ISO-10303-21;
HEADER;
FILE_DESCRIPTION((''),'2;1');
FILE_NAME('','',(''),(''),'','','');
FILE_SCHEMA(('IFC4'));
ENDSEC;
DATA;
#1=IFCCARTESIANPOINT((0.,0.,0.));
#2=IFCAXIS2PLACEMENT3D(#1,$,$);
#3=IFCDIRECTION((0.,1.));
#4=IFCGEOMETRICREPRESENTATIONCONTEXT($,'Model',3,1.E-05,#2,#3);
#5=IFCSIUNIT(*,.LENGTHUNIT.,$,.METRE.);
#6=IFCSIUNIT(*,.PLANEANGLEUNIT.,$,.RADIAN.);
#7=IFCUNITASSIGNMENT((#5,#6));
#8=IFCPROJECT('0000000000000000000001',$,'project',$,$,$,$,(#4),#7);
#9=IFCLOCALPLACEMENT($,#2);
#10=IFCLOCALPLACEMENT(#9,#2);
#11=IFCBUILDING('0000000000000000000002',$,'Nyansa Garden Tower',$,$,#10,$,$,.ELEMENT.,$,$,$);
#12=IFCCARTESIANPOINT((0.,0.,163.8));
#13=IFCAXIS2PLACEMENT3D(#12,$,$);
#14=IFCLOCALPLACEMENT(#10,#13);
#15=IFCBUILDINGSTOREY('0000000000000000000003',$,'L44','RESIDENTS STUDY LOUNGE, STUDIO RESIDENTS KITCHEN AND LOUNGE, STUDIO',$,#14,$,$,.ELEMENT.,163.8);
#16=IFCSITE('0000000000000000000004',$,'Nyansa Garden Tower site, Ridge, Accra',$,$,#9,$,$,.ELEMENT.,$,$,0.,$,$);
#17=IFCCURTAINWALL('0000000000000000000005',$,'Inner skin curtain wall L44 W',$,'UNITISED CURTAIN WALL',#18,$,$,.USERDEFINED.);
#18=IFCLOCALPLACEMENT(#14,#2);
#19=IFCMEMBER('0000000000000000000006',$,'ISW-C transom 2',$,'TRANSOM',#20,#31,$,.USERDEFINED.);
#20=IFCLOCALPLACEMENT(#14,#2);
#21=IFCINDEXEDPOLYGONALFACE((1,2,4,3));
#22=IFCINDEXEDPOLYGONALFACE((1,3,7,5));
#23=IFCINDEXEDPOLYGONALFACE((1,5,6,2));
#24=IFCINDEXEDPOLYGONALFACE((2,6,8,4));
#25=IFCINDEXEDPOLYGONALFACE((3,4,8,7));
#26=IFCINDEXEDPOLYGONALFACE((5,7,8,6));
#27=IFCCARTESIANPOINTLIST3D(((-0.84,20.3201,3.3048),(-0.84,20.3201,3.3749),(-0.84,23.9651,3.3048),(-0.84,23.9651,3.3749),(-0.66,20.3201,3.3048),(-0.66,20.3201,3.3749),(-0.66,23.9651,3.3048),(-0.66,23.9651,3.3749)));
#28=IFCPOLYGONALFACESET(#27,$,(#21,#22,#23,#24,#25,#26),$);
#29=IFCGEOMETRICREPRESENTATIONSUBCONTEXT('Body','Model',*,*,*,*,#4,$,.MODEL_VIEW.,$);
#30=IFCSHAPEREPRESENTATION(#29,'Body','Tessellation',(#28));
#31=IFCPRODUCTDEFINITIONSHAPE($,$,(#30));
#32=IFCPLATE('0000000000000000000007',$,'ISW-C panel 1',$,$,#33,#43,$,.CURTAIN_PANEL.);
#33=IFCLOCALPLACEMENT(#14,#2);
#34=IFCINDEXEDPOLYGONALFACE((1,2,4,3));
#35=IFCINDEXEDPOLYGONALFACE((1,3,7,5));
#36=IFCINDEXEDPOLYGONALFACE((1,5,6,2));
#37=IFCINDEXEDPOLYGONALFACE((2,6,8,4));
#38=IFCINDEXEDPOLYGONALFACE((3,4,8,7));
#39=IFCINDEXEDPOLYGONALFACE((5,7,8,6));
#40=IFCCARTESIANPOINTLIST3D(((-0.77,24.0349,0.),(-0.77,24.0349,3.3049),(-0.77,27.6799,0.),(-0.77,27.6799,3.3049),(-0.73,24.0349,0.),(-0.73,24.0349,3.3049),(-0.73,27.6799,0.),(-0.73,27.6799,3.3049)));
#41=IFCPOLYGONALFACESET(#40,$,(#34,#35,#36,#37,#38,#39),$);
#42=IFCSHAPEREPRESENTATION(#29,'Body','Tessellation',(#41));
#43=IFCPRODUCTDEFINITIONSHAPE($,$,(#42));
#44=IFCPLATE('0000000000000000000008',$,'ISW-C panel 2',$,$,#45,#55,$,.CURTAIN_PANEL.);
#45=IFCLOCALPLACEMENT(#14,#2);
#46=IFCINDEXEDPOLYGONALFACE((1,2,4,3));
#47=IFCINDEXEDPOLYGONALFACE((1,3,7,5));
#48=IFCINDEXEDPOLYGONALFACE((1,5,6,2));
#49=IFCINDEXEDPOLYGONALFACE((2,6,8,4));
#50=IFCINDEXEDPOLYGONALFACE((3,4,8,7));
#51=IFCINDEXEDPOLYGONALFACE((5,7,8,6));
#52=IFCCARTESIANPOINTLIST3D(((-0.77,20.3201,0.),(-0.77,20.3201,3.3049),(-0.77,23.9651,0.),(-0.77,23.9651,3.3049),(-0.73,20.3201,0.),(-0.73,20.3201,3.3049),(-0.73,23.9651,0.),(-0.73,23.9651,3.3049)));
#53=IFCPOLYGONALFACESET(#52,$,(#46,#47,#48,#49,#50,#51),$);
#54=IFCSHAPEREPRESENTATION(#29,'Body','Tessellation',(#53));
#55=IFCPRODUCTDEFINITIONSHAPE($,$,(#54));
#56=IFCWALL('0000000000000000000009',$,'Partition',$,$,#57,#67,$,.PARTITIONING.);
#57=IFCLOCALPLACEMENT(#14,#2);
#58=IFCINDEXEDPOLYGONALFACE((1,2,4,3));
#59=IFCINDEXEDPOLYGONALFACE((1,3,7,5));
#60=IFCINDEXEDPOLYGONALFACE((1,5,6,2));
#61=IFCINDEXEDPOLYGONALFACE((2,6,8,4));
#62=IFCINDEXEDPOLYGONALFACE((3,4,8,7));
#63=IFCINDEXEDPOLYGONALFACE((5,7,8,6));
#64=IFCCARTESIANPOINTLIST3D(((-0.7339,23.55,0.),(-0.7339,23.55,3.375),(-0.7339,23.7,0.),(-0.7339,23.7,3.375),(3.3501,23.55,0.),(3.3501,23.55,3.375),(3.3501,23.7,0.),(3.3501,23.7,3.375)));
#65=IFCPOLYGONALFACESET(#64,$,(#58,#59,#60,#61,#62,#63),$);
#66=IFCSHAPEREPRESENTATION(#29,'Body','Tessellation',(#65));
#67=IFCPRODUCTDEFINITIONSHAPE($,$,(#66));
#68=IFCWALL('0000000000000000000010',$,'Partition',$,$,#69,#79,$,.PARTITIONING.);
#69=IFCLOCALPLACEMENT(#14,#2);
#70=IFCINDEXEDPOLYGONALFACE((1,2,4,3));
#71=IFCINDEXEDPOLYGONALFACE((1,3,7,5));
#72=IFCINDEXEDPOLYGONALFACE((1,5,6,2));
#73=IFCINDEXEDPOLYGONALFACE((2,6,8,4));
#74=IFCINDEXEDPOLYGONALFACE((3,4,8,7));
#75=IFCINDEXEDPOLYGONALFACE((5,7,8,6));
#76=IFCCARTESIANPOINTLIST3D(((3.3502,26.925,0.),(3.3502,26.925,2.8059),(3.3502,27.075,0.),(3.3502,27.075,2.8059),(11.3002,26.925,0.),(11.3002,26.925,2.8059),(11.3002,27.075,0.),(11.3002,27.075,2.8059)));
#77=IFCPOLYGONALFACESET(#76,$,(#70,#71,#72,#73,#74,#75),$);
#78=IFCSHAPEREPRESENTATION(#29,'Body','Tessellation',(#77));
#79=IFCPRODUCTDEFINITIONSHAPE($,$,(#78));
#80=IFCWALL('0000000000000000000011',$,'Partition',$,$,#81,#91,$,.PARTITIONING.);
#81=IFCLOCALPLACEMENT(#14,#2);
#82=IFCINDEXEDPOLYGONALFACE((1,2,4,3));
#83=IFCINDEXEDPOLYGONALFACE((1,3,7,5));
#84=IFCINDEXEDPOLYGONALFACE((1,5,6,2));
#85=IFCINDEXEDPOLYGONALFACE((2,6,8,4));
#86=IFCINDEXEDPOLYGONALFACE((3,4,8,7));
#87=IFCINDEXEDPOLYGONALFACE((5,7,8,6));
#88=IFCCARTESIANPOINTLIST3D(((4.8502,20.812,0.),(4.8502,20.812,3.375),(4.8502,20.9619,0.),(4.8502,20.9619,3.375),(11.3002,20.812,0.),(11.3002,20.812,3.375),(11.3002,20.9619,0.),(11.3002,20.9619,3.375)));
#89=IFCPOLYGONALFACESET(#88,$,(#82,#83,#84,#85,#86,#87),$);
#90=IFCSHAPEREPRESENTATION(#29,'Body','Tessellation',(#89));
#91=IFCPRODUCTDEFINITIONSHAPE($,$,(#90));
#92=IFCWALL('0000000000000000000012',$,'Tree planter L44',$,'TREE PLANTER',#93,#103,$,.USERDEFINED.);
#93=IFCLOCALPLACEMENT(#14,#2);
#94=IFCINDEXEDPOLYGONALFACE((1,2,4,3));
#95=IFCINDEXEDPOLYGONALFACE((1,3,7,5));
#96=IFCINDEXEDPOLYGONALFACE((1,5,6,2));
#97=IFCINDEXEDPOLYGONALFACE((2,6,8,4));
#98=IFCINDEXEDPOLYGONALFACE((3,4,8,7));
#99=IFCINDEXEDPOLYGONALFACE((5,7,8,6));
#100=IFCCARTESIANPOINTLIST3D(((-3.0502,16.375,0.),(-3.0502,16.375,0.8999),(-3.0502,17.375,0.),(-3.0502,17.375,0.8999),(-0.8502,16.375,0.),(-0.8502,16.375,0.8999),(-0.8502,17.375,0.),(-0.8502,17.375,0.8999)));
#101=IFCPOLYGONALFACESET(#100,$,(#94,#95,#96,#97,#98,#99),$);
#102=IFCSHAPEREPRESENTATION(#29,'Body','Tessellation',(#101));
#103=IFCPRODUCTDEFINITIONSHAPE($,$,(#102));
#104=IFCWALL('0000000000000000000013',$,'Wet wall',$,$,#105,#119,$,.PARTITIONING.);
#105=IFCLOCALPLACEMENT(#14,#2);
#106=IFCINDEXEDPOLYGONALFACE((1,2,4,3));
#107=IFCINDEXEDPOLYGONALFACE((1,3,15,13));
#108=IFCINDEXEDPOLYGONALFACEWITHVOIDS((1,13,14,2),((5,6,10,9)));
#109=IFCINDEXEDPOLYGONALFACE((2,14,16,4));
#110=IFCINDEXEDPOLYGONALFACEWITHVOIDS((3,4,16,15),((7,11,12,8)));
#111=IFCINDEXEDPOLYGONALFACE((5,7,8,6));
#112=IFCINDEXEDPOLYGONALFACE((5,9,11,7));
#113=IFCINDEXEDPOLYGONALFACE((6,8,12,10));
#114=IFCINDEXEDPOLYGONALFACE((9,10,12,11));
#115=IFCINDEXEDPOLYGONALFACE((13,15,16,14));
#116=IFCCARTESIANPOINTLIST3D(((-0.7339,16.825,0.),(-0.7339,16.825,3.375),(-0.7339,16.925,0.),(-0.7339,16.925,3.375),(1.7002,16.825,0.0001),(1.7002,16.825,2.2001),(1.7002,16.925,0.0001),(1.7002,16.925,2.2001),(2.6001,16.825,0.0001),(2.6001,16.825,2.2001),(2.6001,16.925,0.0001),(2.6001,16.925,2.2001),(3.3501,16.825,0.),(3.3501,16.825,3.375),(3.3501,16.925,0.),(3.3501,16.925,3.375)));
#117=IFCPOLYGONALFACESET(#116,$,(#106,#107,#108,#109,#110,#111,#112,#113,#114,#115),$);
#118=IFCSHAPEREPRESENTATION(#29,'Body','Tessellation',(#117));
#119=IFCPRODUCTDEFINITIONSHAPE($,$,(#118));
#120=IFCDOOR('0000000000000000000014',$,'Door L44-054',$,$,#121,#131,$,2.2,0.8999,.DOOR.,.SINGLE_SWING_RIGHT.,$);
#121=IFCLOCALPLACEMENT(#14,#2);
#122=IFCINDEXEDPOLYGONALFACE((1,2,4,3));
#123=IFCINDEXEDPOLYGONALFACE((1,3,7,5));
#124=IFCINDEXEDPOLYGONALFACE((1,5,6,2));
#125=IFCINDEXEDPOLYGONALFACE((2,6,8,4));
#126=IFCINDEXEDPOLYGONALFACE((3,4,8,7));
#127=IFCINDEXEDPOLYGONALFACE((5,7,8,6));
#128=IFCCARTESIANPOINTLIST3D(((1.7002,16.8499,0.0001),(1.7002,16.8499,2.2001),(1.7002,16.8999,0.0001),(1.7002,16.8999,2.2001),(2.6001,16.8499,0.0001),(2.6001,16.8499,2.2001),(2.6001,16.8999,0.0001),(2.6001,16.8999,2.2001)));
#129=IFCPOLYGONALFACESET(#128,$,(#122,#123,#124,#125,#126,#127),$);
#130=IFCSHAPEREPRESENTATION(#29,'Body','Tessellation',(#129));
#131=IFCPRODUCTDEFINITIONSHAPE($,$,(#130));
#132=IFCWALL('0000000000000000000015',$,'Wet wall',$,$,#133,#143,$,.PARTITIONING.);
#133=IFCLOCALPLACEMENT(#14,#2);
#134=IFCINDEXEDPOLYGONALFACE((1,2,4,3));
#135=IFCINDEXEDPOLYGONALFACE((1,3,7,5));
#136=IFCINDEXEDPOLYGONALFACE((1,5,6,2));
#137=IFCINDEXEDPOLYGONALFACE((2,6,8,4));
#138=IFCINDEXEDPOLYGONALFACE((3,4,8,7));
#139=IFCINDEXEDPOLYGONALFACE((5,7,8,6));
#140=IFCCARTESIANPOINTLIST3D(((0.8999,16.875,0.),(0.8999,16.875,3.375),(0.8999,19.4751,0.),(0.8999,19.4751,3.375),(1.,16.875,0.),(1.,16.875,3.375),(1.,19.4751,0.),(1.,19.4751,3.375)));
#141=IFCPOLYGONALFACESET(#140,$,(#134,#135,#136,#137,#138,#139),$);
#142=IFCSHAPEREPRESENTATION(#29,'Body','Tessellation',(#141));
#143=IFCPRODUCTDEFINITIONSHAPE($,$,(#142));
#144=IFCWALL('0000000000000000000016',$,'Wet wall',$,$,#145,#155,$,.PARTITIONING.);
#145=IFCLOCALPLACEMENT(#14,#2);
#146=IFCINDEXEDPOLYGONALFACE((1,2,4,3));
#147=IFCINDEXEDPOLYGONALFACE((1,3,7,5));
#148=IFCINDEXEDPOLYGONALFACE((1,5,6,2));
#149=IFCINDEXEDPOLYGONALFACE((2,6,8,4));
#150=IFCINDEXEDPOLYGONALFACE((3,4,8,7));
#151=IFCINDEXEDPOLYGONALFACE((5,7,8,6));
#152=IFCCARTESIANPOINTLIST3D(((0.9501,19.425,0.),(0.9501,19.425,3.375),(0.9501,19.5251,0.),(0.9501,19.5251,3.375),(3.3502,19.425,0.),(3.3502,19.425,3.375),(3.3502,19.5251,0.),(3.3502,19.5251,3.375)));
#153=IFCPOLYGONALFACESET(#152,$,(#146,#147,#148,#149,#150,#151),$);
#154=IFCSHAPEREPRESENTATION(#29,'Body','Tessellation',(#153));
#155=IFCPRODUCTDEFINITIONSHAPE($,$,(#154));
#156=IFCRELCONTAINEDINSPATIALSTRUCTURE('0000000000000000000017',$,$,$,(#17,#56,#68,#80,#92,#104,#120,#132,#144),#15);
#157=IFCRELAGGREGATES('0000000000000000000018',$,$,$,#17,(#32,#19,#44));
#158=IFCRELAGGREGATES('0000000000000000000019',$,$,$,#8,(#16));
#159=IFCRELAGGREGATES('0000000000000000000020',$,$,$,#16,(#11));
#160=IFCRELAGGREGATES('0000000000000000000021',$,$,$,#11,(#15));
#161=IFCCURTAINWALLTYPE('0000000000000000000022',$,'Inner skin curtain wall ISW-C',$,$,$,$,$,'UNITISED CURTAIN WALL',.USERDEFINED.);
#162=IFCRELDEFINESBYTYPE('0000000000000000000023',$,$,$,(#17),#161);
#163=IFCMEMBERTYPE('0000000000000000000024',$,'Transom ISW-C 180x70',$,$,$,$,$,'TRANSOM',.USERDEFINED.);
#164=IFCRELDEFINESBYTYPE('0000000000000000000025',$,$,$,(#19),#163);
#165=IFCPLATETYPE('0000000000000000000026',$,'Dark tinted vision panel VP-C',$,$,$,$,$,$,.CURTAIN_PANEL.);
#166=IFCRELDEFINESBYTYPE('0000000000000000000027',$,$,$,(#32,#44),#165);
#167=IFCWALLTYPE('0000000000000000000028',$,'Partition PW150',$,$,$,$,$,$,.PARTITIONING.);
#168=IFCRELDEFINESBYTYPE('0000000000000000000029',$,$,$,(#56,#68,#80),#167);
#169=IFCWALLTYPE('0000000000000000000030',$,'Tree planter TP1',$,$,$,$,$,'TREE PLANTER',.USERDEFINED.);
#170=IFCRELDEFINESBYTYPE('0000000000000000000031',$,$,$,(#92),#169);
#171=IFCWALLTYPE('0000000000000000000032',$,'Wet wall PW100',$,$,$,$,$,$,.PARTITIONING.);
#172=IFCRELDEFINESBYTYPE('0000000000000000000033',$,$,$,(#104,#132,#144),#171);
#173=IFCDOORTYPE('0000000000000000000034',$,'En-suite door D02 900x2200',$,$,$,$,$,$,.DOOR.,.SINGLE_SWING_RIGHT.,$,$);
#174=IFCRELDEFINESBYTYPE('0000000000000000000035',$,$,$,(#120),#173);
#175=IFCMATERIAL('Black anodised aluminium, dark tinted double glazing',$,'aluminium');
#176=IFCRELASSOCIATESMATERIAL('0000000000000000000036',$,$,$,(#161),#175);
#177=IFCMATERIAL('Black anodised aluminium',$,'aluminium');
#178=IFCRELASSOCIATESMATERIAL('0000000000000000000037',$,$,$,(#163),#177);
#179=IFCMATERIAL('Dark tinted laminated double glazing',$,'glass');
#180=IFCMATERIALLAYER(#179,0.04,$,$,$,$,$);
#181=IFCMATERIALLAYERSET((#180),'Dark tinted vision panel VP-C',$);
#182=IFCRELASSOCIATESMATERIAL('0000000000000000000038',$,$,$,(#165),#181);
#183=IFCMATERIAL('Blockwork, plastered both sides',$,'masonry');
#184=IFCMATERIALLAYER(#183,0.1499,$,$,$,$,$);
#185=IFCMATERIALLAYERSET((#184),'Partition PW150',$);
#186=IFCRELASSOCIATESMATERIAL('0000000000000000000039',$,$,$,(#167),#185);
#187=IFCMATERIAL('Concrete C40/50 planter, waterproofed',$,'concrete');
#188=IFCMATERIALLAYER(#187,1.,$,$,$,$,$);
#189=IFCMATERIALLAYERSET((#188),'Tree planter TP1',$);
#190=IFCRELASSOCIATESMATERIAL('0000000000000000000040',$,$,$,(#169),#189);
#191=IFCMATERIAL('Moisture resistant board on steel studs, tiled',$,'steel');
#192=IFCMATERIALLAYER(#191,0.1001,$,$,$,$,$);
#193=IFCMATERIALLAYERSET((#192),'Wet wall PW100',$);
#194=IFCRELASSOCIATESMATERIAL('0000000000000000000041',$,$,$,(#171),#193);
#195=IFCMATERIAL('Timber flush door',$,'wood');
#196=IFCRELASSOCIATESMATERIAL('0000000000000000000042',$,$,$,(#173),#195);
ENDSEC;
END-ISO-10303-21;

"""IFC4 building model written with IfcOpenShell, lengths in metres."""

from ifc_helpers import new_model, si_unit, direction, frame, frame_2d, origin, origin_2d, place, context, subcontext, project, spatial, rectangle, extrude, material, layer, layer_set, material_profile, profile_set, type_object, element, fill, aggregate, save


model = new_model("IFC4")

# Units and contexts
model_context = context("Model", 3, precision=1e-05, world=origin(), true_north=direction((0.0, 1.0)))
body_context = subcontext(model_context, "Body", "Model", "MODEL_VIEW")
ifc_project = project(units=[si_unit("LENGTHUNIT", "METRE"), si_unit("PLANEANGLEUNIT", "RADIAN")], contexts=[model_context])

# Site, building, storey
site_placement = place(None, origin())
site = spatial("IfcSite", under=ifc_project, at=site_placement, Name="Nyansa Garden Tower site, Ridge, Accra", CompositionType="ELEMENT", RefElevation=0.0)
building_placement = place(site_placement, origin())
building = spatial("IfcBuilding", under=site, at=building_placement, Name="Nyansa Garden Tower", CompositionType="ELEMENT")
storey_placement = place(building_placement, frame((0.0, 0.0, 163.8)))
storey = spatial("IfcBuildingStorey", under=building, at=storey_placement, Name="L44", Description="RESIDENTS STUDY LOUNGE, STUDIO RESIDENTS KITCHEN AND LOUNGE, STUDIO", CompositionType="ELEMENT", Elevation=163.8)

# Curtain wall
ifc_material_1 = material(Name="Black anodised aluminium, dark tinted double glazing", Category="aluminium")
curtain_wall_type = type_object("IfcCurtainWallType", Name="Inner skin curtain wall ISW-C", ElementType="UNITISED CURTAIN WALL", PredefinedType="USERDEFINED", material=ifc_material_1)
curtain_wall_placement = place(storey_placement, origin())
curtain_wall = element("IfcCurtainWall", 1, at=curtain_wall_placement, inside=storey, type_object=curtain_wall_type, Name="Inner skin curtain wall L44 W", ObjectType="UNITISED CURTAIN WALL", PredefinedType="USERDEFINED")

# Member
ifc_material_2 = material(Name="Black anodised aluminium", Category="aluminium")
ifc_material_profile_1 = material_profile(ifc_material_2, rectangle(XDim=0.1799, YDim=0.0701, at=origin_2d()), Name="Transom 180x70")
ifc_profile_set_1 = profile_set([ifc_material_profile_1], Name="Black anodised aluminium")
member_type_1 = type_object("IfcMemberType", Name="Transom ISW-C 180x70", ElementType="TRANSOM", PredefinedType="USERDEFINED", material=ifc_profile_set_1)
member_1_placement = place(storey_placement, frame((-0.75, 23.9651, 3.3398), z_axis=(0.0, -1.0, 0.0), x_axis=(1.0, 0.0, 0.0)))
member_1 = element("IfcMember", 2, at=member_1_placement, type_object=member_type_1, Name="ISW-C transom 2", ObjectType="TRANSOM", PredefinedType="USERDEFINED", context=body_context, shape_type="SweptSolid", body=[
    extrude(rectangle(XDim=0.1799, YDim=0.0701, at=origin_2d()), origin(), (0.0, 0.0, 1.0), 3.645),
])

# Plates
ifc_material_3 = material(Name="Dark tinted laminated double glazing", Category="glass")
ifc_layer_1 = layer(ifc_material_3, 0.04)
ifc_layer_set_1 = layer_set([ifc_layer_1], Name="Dark tinted vision panel VP-C")
plate_type = type_object("IfcPlateType", Name="Dark tinted vision panel VP-C", PredefinedType="CURTAIN_PANEL", material=ifc_layer_set_1)
plate_1_placement = place(storey_placement, frame((-0.75, 25.8574, 0.0), z_axis=(0.0, 0.0, 1.0), x_axis=(0.0, -1.0, 0.0)))
plate_1 = element("IfcPlate", 3, at=plate_1_placement, type_object=plate_type, Name="ISW-C panel 1", PredefinedType="CURTAIN_PANEL", context=body_context, shape_type="SweptSolid", body=[
    extrude(rectangle(XDim=3.645, YDim=0.04, at=origin_2d()), origin(), (0.0, 0.0, 1.0), 3.3049),
])
plate_2_placement = place(storey_placement, frame((-0.75, 22.1426, 0.0), z_axis=(0.0, 0.0, 1.0), x_axis=(0.0, -1.0, 0.0)))
plate_2 = element("IfcPlate", 4, at=plate_2_placement, type_object=plate_type, Name="ISW-C panel 2", PredefinedType="CURTAIN_PANEL", context=body_context, shape_type="SweptSolid", body=[
    extrude(rectangle(XDim=3.645, YDim=0.04, at=origin_2d()), origin(), (0.0, 0.0, 1.0), 3.3049),
])
aggregate(curtain_wall, [plate_1, member_1, plate_2])

# Walls
ifc_material_4 = material(Name="Blockwork, plastered both sides", Category="masonry")
ifc_layer_2 = layer(ifc_material_4, 0.1499)
ifc_layer_set_2 = layer_set([ifc_layer_2], Name="Partition PW150")
wall_type_1 = type_object("IfcWallType", Name="Partition PW150", PredefinedType="PARTITIONING", material=ifc_layer_set_2)
wall_1_placement = place(storey_placement, frame((-0.7339, 23.625, 0.0), z_axis=(0.0, 0.0, 1.0), x_axis=(1.0, 0.0, 0.0)))
element("IfcWall", 5, at=wall_1_placement, inside=storey, type_object=wall_type_1, Name="Partition", PredefinedType="PARTITIONING", context=body_context, shape_type="SweptSolid", body=[
    extrude(rectangle(XDim=4.084, YDim=0.1499, at=frame_2d((2.042, 0.0))), origin(), (0.0, 0.0, 1.0), 3.375),
])
wall_2_placement = place(storey_placement, frame((3.3501, 27.0, 0.0), z_axis=(0.0, 0.0, 1.0), x_axis=(1.0, 0.0, 0.0)))
element("IfcWall", 6, at=wall_2_placement, inside=storey, type_object=wall_type_1, Name="Partition", PredefinedType="PARTITIONING", context=body_context, shape_type="SweptSolid", body=[
    extrude(rectangle(XDim=7.95, YDim=0.1499, at=frame_2d((3.9751, 0.0))), origin(), (0.0, 0.0, 1.0), 2.8059),
])
wall_3_placement = place(storey_placement, frame((4.8501, 20.887, 0.0), z_axis=(0.0, 0.0, 1.0), x_axis=(1.0, 0.0, 0.0)))
element("IfcWall", 7, at=wall_3_placement, inside=storey, type_object=wall_type_1, Name="Partition", PredefinedType="PARTITIONING", context=body_context, shape_type="SweptSolid", body=[
    extrude(rectangle(XDim=6.45, YDim=0.1499, at=frame_2d((3.2251, 0.0))), origin(), (0.0, 0.0, 1.0), 3.375),
])
ifc_material_5 = material(Name="Concrete C40/50 planter, waterproofed", Category="concrete")
ifc_layer_3 = layer(ifc_material_5, 1.0)
ifc_layer_set_3 = layer_set([ifc_layer_3], Name="Tree planter TP1")
wall_type_2 = type_object("IfcWallType", Name="Tree planter TP1", ElementType="TREE PLANTER", PredefinedType="USERDEFINED", material=ifc_layer_set_3)
wall_4_placement = place(storey_placement, frame((-0.8501, 16.875, 0.0), z_axis=(0.0, 0.0, 1.0), x_axis=(-1.0, 0.0, 0.0)))
element("IfcWall", 8, at=wall_4_placement, inside=storey, type_object=wall_type_2, Name="Tree planter L44", ObjectType="TREE PLANTER", PredefinedType="USERDEFINED", context=body_context, shape_type="SweptSolid", body=[
    extrude(rectangle(XDim=2.2, YDim=1.0, at=frame_2d((1.1001, 0.0))), origin(), (0.0, 0.0, 1.0), 0.8999),
])

# Wall, opening, door
ifc_material_6 = material(Name="Moisture resistant board on steel studs, tiled", Category="steel")
ifc_layer_4 = layer(ifc_material_6, 0.1001)
ifc_layer_set_4 = layer_set([ifc_layer_4], Name="Wet wall PW100")
wall_type_3 = type_object("IfcWallType", Name="Wet wall PW100", PredefinedType="PARTITIONING", material=ifc_layer_set_4)
wall_5_placement = place(storey_placement, frame((-0.7339, 16.875, 0.0), z_axis=(0.0, 0.0, 1.0), x_axis=(1.0, 0.0, 0.0)))
wall_5 = element("IfcWall", 9, at=wall_5_placement, inside=storey, type_object=wall_type_3, Name="Wet wall", PredefinedType="PARTITIONING", context=body_context, shape_type="SweptSolid", body=[
    extrude(rectangle(XDim=4.084, YDim=0.1001, at=frame_2d((2.042, 0.0))), origin(), (0.0, 0.0, 1.0), 3.375),
])
opening_placement = place(wall_5_placement, frame((2.4341, 0.0, 0.0)))
opening = element("IfcOpeningElement", 10, at=opening_placement, cuts=wall_5, PredefinedType="OPENING", context=body_context, shape_type="SweptSolid", body=[
    extrude(rectangle(XDim=0.8999, YDim=2.2, at=frame_2d((0.45, 1.1001))), frame((0.0, 0.0601, 0.0), z_axis=(0.0, -1.0, 0.0), x_axis=(1.0, 0.0, 0.0)), (0.0, 0.0, 1.0), 0.1201),
])
ifc_material_7 = material(Name="Timber flush door", Category="wood")
door_type = type_object("IfcDoorType", Name="En-suite door D02 900x2200", OperationType="SINGLE_SWING_RIGHT", PredefinedType="DOOR", material=ifc_material_7)
door_placement = place(opening_placement, origin())
door = element("IfcDoor", 11, at=door_placement, inside=storey, type_object=door_type, Name="Door L44-054", OperationType="SINGLE_SWING_RIGHT", OverallHeight=2.2, OverallWidth=0.8999, PredefinedType="DOOR", context=body_context, shape_type="SweptSolid", body=[
    extrude(rectangle(XDim=0.8999, YDim=2.2, at=frame_2d((0.45, 1.1001))), frame((0.0, 0.0249, 0.0), z_axis=(0.0, -1.0, 0.0), x_axis=(1.0, 0.0, 0.0)), (0.0, 0.0, 1.0), 0.05),
])
fill(opening, door)

# Walls
wall_6_placement = place(storey_placement, frame((0.95, 16.875, 0.0), z_axis=(0.0, 0.0, 1.0), x_axis=(0.0, 1.0, 0.0)))
element("IfcWall", 12, at=wall_6_placement, inside=storey, type_object=wall_type_3, Name="Wet wall", PredefinedType="PARTITIONING", context=body_context, shape_type="SweptSolid", body=[
    extrude(rectangle(XDim=2.6001, YDim=0.1001, at=frame_2d((1.3, 0.0))), origin(), (0.0, 0.0, 1.0), 3.375),
])
wall_7_placement = place(storey_placement, frame((0.95, 19.4751, 0.0), z_axis=(0.0, 0.0, 1.0), x_axis=(1.0, 0.0, 0.0)))
element("IfcWall", 13, at=wall_7_placement, inside=storey, type_object=wall_type_3, Name="Wet wall", PredefinedType="PARTITIONING", context=body_context, shape_type="SweptSolid", body=[
    extrude(rectangle(XDim=2.4001, YDim=0.1001, at=frame_2d((1.2002, 0.0))), origin(), (0.0, 0.0, 1.0), 3.375),
])

save(model, "model.ifc")
